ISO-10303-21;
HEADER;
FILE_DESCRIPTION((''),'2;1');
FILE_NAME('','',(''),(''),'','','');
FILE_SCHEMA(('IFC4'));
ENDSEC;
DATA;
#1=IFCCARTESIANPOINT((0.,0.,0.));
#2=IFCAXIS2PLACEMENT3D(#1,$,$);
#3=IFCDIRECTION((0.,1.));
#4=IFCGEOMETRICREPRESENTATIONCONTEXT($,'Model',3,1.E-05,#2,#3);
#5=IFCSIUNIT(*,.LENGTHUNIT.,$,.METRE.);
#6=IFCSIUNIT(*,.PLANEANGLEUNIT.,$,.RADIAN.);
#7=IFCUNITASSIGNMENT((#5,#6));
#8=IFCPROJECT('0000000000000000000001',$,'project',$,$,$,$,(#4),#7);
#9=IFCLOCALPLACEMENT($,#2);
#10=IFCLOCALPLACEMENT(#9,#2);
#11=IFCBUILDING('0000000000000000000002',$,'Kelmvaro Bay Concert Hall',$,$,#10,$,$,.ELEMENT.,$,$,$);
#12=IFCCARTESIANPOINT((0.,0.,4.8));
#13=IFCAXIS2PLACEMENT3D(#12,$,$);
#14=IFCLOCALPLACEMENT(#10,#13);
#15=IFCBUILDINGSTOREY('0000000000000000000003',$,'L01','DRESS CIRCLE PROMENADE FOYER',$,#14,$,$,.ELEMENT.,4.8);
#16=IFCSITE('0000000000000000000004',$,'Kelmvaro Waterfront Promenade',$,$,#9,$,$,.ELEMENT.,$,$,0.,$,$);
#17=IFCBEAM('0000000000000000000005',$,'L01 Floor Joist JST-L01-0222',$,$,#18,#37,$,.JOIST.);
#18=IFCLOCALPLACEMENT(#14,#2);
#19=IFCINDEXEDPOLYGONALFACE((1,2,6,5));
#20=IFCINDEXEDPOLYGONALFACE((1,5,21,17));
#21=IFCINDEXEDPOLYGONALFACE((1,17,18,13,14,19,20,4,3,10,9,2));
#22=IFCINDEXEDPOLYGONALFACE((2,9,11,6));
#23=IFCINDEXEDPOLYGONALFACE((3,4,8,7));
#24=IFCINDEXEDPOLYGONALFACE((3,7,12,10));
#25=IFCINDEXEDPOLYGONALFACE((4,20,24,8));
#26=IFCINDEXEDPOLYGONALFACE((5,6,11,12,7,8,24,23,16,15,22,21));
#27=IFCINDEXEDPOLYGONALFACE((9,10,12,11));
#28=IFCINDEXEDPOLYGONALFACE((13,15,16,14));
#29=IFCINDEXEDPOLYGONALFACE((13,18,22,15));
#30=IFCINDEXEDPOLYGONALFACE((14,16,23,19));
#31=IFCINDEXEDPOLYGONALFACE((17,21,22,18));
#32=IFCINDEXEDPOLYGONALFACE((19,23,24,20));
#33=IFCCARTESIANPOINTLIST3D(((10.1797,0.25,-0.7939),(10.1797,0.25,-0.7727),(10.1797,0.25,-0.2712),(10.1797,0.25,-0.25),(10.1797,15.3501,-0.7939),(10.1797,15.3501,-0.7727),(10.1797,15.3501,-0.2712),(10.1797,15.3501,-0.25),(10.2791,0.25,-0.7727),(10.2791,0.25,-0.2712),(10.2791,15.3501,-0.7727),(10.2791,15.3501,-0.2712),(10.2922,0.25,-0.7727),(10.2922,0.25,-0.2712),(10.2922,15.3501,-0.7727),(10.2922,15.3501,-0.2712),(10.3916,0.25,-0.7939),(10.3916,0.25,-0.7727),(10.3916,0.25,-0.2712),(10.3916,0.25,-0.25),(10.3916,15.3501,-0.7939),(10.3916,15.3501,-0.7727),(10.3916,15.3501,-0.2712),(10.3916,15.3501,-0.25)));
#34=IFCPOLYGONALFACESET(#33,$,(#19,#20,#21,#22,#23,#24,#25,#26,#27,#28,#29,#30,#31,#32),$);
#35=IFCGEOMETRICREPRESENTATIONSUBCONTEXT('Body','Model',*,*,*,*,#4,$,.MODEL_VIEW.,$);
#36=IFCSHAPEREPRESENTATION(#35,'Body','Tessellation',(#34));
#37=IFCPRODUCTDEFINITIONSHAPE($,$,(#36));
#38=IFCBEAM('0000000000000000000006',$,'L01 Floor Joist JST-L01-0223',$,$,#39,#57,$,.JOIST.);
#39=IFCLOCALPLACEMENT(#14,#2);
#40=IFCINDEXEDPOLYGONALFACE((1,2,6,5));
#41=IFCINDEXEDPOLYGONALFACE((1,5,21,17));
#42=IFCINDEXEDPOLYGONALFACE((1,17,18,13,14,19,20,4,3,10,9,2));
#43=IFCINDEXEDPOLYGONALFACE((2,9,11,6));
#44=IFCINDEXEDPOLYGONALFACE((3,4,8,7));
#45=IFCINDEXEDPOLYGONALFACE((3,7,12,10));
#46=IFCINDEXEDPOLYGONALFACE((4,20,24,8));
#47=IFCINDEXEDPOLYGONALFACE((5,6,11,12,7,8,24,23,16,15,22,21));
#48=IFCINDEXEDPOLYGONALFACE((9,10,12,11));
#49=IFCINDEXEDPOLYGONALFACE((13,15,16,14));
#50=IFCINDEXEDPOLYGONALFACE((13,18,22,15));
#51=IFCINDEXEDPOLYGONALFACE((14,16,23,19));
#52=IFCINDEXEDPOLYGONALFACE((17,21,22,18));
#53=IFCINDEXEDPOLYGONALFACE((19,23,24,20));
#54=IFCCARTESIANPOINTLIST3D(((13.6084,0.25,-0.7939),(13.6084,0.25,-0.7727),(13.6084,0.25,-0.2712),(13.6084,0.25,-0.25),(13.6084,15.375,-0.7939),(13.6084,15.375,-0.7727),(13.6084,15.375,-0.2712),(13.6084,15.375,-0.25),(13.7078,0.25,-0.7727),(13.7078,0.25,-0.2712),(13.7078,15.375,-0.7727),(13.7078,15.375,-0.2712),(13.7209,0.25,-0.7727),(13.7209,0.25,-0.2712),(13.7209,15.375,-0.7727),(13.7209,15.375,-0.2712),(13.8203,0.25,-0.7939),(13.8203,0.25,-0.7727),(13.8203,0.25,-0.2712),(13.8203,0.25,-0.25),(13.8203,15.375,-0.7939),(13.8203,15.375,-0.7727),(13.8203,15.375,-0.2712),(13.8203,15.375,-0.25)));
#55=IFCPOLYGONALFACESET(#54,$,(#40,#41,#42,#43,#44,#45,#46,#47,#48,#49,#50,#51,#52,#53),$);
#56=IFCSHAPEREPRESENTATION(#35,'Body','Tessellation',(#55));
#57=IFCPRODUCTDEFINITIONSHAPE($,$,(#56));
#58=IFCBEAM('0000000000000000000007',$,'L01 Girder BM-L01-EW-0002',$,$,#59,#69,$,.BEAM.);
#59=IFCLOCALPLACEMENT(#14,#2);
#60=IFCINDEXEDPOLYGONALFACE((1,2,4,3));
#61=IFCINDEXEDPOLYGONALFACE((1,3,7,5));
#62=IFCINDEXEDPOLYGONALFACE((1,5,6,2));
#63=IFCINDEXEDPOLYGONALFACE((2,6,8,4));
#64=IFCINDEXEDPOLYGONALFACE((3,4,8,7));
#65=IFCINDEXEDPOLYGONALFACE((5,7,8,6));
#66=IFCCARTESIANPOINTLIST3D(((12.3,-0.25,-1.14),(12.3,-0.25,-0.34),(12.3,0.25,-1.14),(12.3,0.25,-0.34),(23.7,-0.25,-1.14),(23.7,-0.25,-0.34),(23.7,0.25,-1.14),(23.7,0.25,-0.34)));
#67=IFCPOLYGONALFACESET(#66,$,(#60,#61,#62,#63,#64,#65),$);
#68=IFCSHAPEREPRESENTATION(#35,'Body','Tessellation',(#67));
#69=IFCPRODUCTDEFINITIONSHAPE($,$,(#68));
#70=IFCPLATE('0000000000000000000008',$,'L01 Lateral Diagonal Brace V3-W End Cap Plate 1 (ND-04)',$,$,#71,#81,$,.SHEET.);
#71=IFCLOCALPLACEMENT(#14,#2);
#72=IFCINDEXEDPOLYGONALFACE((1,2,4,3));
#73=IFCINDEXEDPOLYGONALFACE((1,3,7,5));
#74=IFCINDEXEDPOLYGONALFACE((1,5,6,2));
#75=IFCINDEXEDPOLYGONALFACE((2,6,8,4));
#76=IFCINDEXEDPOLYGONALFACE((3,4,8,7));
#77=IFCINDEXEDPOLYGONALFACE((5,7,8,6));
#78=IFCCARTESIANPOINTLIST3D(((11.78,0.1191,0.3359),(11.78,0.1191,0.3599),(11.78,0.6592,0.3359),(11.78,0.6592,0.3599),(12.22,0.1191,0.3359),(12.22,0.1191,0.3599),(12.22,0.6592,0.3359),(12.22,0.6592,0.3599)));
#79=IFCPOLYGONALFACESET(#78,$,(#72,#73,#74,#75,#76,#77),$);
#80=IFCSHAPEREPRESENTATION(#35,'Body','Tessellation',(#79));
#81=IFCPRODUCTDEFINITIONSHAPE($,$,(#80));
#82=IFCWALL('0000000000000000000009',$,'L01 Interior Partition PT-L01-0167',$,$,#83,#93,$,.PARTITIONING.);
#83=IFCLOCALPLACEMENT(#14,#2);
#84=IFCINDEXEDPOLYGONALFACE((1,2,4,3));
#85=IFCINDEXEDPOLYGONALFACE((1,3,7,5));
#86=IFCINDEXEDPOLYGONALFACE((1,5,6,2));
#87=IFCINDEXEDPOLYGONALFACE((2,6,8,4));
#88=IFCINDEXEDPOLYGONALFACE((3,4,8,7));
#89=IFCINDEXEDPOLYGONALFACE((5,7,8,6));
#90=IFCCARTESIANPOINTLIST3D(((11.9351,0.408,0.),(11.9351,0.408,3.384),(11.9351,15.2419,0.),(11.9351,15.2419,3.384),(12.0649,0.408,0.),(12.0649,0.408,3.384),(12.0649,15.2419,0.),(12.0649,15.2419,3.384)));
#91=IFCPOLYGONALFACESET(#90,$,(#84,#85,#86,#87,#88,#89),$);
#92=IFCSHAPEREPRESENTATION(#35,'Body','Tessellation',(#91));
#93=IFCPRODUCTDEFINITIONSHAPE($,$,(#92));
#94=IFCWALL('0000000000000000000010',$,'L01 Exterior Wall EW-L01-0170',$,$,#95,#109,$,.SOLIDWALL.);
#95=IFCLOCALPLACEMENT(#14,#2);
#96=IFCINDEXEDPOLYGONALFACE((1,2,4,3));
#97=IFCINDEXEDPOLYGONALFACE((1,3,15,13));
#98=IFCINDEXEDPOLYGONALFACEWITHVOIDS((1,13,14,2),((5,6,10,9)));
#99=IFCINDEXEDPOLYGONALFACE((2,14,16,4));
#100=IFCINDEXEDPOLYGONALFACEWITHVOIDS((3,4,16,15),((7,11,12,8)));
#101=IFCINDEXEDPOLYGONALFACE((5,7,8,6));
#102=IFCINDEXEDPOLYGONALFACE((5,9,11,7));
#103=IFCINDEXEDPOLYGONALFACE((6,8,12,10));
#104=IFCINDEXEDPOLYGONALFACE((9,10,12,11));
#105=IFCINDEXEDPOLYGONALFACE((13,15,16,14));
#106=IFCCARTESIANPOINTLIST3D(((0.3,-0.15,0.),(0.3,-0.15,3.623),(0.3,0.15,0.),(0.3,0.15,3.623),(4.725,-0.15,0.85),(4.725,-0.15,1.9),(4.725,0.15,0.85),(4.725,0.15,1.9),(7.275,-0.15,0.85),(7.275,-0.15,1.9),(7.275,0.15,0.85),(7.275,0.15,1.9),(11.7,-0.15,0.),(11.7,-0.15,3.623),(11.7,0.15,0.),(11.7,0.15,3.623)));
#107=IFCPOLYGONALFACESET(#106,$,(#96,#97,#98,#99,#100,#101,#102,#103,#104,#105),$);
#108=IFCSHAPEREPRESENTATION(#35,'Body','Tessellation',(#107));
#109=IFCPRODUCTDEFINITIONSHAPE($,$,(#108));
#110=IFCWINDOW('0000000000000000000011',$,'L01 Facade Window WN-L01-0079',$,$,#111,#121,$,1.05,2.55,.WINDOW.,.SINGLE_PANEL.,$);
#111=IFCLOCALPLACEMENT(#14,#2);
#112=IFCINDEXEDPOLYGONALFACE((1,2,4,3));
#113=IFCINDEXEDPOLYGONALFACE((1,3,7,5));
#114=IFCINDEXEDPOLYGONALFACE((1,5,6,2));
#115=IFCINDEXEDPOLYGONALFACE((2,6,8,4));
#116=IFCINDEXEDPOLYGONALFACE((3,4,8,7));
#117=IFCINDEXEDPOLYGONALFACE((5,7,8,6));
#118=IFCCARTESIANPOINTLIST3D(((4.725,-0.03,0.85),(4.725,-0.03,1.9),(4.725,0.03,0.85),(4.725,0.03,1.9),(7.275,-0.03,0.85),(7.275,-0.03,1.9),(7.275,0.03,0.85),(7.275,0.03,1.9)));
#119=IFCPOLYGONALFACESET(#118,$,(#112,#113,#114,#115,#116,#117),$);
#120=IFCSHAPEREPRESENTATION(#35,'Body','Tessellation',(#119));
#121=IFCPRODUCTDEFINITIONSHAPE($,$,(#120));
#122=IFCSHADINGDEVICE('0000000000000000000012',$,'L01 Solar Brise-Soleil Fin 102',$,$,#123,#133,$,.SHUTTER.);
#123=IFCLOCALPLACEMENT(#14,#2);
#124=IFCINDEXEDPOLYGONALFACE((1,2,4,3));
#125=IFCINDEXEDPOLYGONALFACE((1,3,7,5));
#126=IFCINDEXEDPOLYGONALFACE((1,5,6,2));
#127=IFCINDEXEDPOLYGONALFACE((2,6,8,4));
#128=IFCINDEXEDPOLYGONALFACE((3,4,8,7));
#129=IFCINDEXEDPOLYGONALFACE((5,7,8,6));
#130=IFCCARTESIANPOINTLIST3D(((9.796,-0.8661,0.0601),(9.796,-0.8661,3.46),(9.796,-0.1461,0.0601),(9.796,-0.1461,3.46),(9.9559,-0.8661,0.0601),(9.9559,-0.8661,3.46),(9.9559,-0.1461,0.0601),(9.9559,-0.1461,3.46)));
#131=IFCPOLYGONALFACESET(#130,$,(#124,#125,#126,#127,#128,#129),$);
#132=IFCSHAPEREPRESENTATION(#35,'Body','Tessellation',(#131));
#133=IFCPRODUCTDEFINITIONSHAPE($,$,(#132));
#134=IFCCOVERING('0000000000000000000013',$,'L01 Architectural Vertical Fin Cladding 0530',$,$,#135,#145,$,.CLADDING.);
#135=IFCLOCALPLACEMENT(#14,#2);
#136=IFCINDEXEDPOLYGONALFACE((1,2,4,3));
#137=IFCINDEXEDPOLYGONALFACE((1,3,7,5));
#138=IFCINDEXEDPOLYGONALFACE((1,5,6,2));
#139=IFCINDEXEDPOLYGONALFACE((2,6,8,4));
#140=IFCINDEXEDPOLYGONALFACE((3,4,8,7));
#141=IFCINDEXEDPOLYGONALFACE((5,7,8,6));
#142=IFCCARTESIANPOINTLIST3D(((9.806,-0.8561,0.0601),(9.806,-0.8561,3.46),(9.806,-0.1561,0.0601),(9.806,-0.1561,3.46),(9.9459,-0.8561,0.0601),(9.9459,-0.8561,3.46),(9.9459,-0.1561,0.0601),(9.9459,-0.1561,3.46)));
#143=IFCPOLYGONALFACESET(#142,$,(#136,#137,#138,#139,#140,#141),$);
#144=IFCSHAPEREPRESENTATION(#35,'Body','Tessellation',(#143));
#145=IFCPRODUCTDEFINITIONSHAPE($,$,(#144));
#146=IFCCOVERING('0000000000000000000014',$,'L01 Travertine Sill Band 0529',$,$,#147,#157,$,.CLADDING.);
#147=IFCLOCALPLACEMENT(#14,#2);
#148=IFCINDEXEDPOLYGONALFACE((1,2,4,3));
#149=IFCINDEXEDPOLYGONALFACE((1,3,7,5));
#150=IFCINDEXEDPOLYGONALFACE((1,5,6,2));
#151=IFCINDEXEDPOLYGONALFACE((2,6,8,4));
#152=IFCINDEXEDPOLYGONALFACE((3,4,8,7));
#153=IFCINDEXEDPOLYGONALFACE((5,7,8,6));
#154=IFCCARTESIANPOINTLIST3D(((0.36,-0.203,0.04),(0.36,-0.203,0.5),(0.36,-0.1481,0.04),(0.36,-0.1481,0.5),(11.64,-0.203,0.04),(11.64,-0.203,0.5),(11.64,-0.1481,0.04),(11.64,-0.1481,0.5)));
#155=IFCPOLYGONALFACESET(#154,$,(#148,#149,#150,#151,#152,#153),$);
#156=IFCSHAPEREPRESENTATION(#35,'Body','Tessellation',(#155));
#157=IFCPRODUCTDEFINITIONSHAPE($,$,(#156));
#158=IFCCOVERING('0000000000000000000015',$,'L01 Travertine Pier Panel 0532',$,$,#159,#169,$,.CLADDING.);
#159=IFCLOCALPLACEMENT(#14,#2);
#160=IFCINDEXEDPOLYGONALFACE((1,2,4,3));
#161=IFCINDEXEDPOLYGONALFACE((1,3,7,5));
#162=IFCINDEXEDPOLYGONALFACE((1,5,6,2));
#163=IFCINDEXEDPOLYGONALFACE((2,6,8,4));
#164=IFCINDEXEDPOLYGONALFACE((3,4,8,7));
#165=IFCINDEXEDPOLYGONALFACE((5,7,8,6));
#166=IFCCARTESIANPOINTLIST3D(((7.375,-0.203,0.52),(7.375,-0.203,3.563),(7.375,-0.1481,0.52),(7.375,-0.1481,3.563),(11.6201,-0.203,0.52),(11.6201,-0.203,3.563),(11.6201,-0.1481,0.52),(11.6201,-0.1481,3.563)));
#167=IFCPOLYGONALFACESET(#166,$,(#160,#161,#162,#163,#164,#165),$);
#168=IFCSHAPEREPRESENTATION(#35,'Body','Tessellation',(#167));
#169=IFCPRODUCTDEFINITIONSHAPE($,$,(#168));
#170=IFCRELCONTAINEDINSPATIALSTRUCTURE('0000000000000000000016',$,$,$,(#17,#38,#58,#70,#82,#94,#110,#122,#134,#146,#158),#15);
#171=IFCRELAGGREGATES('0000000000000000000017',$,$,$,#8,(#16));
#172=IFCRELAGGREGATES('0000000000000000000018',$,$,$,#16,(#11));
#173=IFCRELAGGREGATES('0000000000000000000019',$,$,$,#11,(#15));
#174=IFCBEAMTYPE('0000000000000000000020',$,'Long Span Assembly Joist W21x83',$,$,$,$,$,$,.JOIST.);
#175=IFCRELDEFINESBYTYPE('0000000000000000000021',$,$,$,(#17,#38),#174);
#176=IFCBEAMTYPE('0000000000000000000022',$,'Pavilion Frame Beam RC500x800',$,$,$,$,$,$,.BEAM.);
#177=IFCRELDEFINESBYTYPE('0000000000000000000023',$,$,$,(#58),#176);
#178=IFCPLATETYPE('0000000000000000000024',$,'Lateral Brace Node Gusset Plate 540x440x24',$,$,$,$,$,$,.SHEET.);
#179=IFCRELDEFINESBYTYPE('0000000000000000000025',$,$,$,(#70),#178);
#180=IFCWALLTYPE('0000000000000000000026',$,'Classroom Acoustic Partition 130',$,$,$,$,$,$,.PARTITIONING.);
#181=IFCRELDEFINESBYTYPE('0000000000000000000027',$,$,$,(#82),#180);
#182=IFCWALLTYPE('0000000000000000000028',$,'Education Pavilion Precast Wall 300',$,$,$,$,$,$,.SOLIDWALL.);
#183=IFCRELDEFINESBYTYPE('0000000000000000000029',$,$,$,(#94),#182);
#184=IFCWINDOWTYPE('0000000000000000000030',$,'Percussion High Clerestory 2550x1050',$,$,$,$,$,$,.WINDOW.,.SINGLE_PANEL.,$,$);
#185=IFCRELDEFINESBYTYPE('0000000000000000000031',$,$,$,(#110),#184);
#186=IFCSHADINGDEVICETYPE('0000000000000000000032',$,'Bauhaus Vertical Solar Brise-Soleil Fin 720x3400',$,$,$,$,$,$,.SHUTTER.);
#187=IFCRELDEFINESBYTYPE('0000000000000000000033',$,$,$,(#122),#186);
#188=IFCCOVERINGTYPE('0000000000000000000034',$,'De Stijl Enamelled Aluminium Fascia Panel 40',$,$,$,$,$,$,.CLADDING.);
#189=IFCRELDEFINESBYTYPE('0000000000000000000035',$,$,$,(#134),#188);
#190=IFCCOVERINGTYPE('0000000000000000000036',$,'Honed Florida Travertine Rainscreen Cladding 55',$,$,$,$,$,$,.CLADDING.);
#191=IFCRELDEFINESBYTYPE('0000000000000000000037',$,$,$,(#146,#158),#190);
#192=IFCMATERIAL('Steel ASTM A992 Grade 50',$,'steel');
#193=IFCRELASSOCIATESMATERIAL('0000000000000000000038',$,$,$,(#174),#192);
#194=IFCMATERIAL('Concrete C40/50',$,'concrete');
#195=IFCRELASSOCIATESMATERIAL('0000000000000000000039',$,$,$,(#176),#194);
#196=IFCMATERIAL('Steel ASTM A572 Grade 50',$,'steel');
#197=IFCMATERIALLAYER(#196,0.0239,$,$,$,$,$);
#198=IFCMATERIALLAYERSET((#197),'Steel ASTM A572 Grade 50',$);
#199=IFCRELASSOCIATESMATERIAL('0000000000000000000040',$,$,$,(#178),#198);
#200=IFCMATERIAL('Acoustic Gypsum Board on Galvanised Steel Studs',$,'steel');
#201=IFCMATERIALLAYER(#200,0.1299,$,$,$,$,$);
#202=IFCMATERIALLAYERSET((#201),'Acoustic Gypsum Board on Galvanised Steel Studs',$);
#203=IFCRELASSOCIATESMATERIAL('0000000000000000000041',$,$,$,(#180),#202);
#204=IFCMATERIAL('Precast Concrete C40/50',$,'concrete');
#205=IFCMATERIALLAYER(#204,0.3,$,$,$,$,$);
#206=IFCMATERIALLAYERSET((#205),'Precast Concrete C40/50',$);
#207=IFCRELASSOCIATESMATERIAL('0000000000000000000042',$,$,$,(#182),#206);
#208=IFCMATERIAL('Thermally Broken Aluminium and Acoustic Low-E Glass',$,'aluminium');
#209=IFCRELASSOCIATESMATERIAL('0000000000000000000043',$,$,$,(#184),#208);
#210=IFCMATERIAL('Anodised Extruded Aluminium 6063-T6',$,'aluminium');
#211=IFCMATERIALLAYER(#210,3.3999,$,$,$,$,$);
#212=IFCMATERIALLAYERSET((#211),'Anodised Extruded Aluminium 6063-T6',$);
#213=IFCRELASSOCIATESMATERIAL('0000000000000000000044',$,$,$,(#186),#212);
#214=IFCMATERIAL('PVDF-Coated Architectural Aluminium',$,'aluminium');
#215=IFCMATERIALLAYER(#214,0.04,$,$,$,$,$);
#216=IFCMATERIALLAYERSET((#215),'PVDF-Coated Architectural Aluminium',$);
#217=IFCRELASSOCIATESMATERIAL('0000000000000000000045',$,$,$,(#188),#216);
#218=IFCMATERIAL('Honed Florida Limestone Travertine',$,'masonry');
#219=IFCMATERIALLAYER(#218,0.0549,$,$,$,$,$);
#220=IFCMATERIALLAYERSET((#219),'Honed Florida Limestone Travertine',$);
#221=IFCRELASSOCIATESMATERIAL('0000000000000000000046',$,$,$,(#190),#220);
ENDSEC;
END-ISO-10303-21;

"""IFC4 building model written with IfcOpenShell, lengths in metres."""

from ifc_helpers import new_model, si_unit, direction, frame, frame_2d, origin, origin_2d, place, context, subcontext, project, spatial, rectangle, i_section, extrude, material, layer, layer_set, material_profile, profile_set, type_object, element, fill, save


model = new_model("IFC4")

# Units and contexts
model_context = context("Model", 3, precision=1e-05, world=origin(), true_north=direction((0.0, 1.0)))
body_context = subcontext(model_context, "Body", "Model", "MODEL_VIEW")
ifc_project = project(units=[si_unit("LENGTHUNIT", "METRE"), si_unit("PLANEANGLEUNIT", "RADIAN")], contexts=[model_context])

# Site, building, storey
site_placement = place(None, origin())
site = spatial("IfcSite", under=ifc_project, at=site_placement, Name="Kelmvaro Waterfront Promenade", CompositionType="ELEMENT", RefElevation=0.0)
building_placement = place(site_placement, origin())
building = spatial("IfcBuilding", under=site, at=building_placement, Name="Kelmvaro Bay Concert Hall", CompositionType="ELEMENT")
storey_placement = place(building_placement, frame((0.0, 0.0, 4.8)))
storey = spatial("IfcBuildingStorey", under=building, at=storey_placement, Name="L01", Description="DRESS CIRCLE PROMENADE FOYER", CompositionType="ELEMENT", Elevation=4.8)

# Beams
ifc_material_1 = material(Name="Steel ASTM A992 Grade 50", Category="steel")
ifc_material_profile_1 = material_profile(ifc_material_1, i_section(OverallWidth=0.2119, OverallDepth=0.5439, WebThickness=0.0132, FlangeThickness=0.0212, at=origin_2d()), Name="W21X83")
ifc_profile_set_1 = profile_set([ifc_material_profile_1], Name="Steel ASTM A992 Grade 50")
beam_type_1 = type_object("IfcBeamType", Name="Long Span Assembly Joist W21x83", PredefinedType="JOIST", material=ifc_profile_set_1)
for number, where, z_axis, x_axis, name in (
    (1, (10.2856, 0.25, -0.522), (0.0, 1.0, 0.0), (-1.0, 0.0, 0.0), "L01 Floor Joist JST-L01-0222"),
):
    element("IfcBeam", number, at=place(storey_placement, frame(where, z_axis=z_axis, x_axis=x_axis)), inside=storey, type_object=beam_type_1, Name=name, PredefinedType="JOIST", context=body_context, shape_type="SweptSolid", body=[
        extrude(i_section(OverallWidth=0.2119, OverallDepth=0.5439, WebThickness=0.0132, FlangeThickness=0.0212, at=origin_2d()), origin(), (0.0, 0.0, 1.0), 15.1001),
    ])
beam_1_placement = place(storey_placement, frame((13.7144, 0.25, -0.522), z_axis=(0.0, 1.0, 0.0), x_axis=(-1.0, 0.0, 0.0)))
element("IfcBeam", 2, at=beam_1_placement, inside=storey, type_object=beam_type_1, Name="L01 Floor Joist JST-L01-0223", PredefinedType="JOIST", context=body_context, shape_type="SweptSolid", body=[
    extrude(i_section(OverallWidth=0.2119, OverallDepth=0.5439, WebThickness=0.0132, FlangeThickness=0.0212, at=origin_2d()), origin(), (0.0, 0.0, 1.0), 15.125),
])
ifc_material_2 = material(Name="Concrete C40/50", Category="concrete")
ifc_material_profile_2 = material_profile(ifc_material_2, rectangle(XDim=0.5, YDim=0.8, at=origin_2d()), Name="RC-BM-500X800")
ifc_profile_set_2 = profile_set([ifc_material_profile_2], Name="Concrete C40/50")
beam_type_2 = type_object("IfcBeamType", Name="Pavilion Frame Beam RC500x800", PredefinedType="BEAM", material=ifc_profile_set_2)
beam_2_placement = place(storey_placement, frame((12.3, 0.0, -0.74), z_axis=(1.0, 0.0, 0.0), x_axis=(0.0, 1.0, 0.0)))
element("IfcBeam", 3, at=beam_2_placement, inside=storey, type_object=beam_type_2, Name="L01 Girder BM-L01-EW-0002", PredefinedType="BEAM", context=body_context, shape_type="SweptSolid", body=[
    extrude(rectangle(XDim=0.5, YDim=0.8, at=origin_2d()), origin(), (0.0, 0.0, 1.0), 11.3999),
])

# Plate
ifc_material_3 = material(Name="Steel ASTM A572 Grade 50", Category="steel")
ifc_layer_1 = layer(ifc_material_3, 0.0239)
ifc_layer_set_1 = layer_set([ifc_layer_1], Name="Steel ASTM A572 Grade 50")
plate_type = type_object("IfcPlateType", Name="Lateral Brace Node Gusset Plate 540x440x24", PredefinedType="SHEET", material=ifc_layer_set_1)
plate_placement = place(storey_placement, frame((12.0, 0.3892, 0.3359), z_axis=(0.0, 0.0, 1.0), x_axis=(0.0, 1.0, 0.0)))
element("IfcPlate", 4, at=plate_placement, inside=storey, type_object=plate_type, Name="L01 Lateral Diagonal Brace V3-W End Cap Plate 1 (ND-04)", PredefinedType="SHEET", context=body_context, shape_type="SweptSolid", body=[
    extrude(rectangle(XDim=0.54, YDim=0.4399, at=origin_2d()), origin(), (0.0, 0.0, 1.0), 0.0239),
])

# Wall
ifc_material_4 = material(Name="Acoustic Gypsum Board on Galvanised Steel Studs", Category="steel")
ifc_layer_2 = layer(ifc_material_4, 0.1299)
ifc_layer_set_2 = layer_set([ifc_layer_2], Name="Acoustic Gypsum Board on Galvanised Steel Studs")
wall_type_1 = type_object("IfcWallType", Name="Classroom Acoustic Partition 130", PredefinedType="PARTITIONING", material=ifc_layer_set_2)
wall_1_placement = place(storey_placement, frame((12.0, 0.408, 0.0), z_axis=(0.0, 0.0, 1.0), x_axis=(0.0, 1.0, 0.0)))
element("IfcWall", 5, at=wall_1_placement, inside=storey, type_object=wall_type_1, Name="L01 Interior Partition PT-L01-0167", PredefinedType="PARTITIONING", context=body_context, shape_type="SweptSolid", body=[
    extrude(rectangle(XDim=14.834, YDim=0.1299, at=frame_2d((7.417, 0.0))), origin(), (0.0, 0.0, 1.0), 3.384),
])

# Wall, opening, window
ifc_material_5 = material(Name="Precast Concrete C40/50", Category="concrete")
ifc_layer_3 = layer(ifc_material_5, 0.3)
ifc_layer_set_3 = layer_set([ifc_layer_3], Name="Precast Concrete C40/50")
wall_type_2 = type_object("IfcWallType", Name="Education Pavilion Precast Wall 300", PredefinedType="SOLIDWALL", material=ifc_layer_set_3)
wall_2_placement = place(storey_placement, frame((11.7, 0.0, 0.0), z_axis=(0.0, 0.0, 1.0), x_axis=(-1.0, 0.0, 0.0)))
wall_2 = element("IfcWall", 6, at=wall_2_placement, inside=storey, type_object=wall_type_2, Name="L01 Exterior Wall EW-L01-0170", PredefinedType="SOLIDWALL", context=body_context, shape_type="SweptSolid", body=[
    extrude(rectangle(XDim=11.3999, YDim=0.3, at=frame_2d((5.7, 0.0))), origin(), (0.0, 0.0, 1.0), 3.623),
])
opening_placement = place(wall_2_placement, frame((4.425, 0.0, 0.8501)))
opening = element("IfcOpeningElement", 7, at=opening_placement, cuts=wall_2, PredefinedType="OPENING", context=body_context, shape_type="SweptSolid", body=[
    extrude(rectangle(XDim=2.55, YDim=1.05, at=frame_2d((1.2749, 0.5249))), frame((0.0, 0.1599, 0.0), z_axis=(0.0, -1.0, 0.0), x_axis=(1.0, 0.0, 0.0)), (0.0, 0.0, 1.0), 0.3201),
])
ifc_material_6 = material(Name="Thermally Broken Aluminium and Acoustic Low-E Glass", Category="aluminium")
window_type = type_object("IfcWindowType", Name="Percussion High Clerestory 2550x1050", PartitioningType="SINGLE_PANEL", PredefinedType="WINDOW", material=ifc_material_6)
window_placement = place(opening_placement, origin())
window = element("IfcWindow", 8, at=window_placement, inside=storey, type_object=window_type, Name="L01 Facade Window WN-L01-0079", OverallHeight=1.05, OverallWidth=2.55, PartitioningType="SINGLE_PANEL", PredefinedType="WINDOW", context=body_context, shape_type="SweptSolid", body=[
    extrude(rectangle(XDim=2.55, YDim=1.05, at=frame_2d((1.2749, 0.5249))), frame((0.0, 0.03, 0.0), z_axis=(0.0, -1.0, 0.0), x_axis=(1.0, 0.0, 0.0)), (0.0, 0.0, 1.0), 0.0601),
])
fill(opening, window)

# Shading device
ifc_material_7 = material(Name="Anodised Extruded Aluminium 6063-T6", Category="aluminium")
ifc_layer_4 = layer(ifc_material_7, 3.3999)
ifc_layer_set_4 = layer_set([ifc_layer_4], Name="Anodised Extruded Aluminium 6063-T6")
shading_device_type = type_object("IfcShadingDeviceType", Name="Bauhaus Vertical Solar Brise-Soleil Fin 720x3400", PredefinedType="SHUTTER", material=ifc_layer_set_4)
shading_device_placement = place(storey_placement, frame((9.876, -0.5061, 0.0601), z_axis=(0.0, 0.0, 1.0), x_axis=(-1.0, 0.0, 0.0)))
element("IfcShadingDevice", 9, at=shading_device_placement, inside=storey, type_object=shading_device_type, Name="L01 Solar Brise-Soleil Fin 102", PredefinedType="SHUTTER", context=body_context, shape_type="SweptSolid", body=[
    extrude(rectangle(XDim=0.1599, YDim=0.72, at=origin_2d()), origin(), (0.0, 0.0, 1.0), 3.3999),
])

# Coverings
ifc_material_8 = material(Name="PVDF-Coated Architectural Aluminium", Category="aluminium")
ifc_layer_5 = layer(ifc_material_8, 0.04)
ifc_layer_set_5 = layer_set([ifc_layer_5], Name="PVDF-Coated Architectural Aluminium")
covering_type_1 = type_object("IfcCoveringType", Name="De Stijl Enamelled Aluminium Fascia Panel 40", PredefinedType="CLADDING", material=ifc_layer_set_5)
covering_1_placement = place(storey_placement, frame((9.876, -0.5061, 0.0601), z_axis=(0.0, 0.0, 1.0), x_axis=(-1.0, 0.0, 0.0)))
element("IfcCovering", 10, at=covering_1_placement, inside=storey, type_object=covering_type_1, Name="L01 Architectural Vertical Fin Cladding 0530", PredefinedType="CLADDING", context=body_context, shape_type="SweptSolid", body=[
    extrude(rectangle(XDim=0.1399, YDim=0.7, at=origin_2d()), origin(), (0.0, 0.0, 1.0), 3.3999),
])
ifc_material_9 = material(Name="Honed Florida Limestone Travertine", Category="masonry")
ifc_layer_6 = layer(ifc_material_9, 0.0549)
ifc_layer_set_6 = layer_set([ifc_layer_6], Name="Honed Florida Limestone Travertine")
covering_type_2 = type_object("IfcCoveringType", Name="Honed Florida Travertine Rainscreen Cladding 55", PredefinedType="CLADDING", material=ifc_layer_set_6)
covering_2_placement = place(storey_placement, frame((6.0, -0.1755, 0.04), z_axis=(0.0, 0.0, 1.0), x_axis=(-1.0, 0.0, 0.0)))
element("IfcCovering", 11, at=covering_2_placement, inside=storey, type_object=covering_type_2, Name="L01 Travertine Sill Band 0529", PredefinedType="CLADDING", context=body_context, shape_type="SweptSolid", body=[
    extrude(rectangle(XDim=11.28, YDim=0.0549, at=origin_2d()), origin(), (0.0, 0.0, 1.0), 0.46),
])
for number, where, z_axis, x_axis, name in (
    (12, (9.4976, -0.1755, 0.52), (0.0, 0.0, 1.0), (-1.0, 0.0, 0.0), "L01 Travertine Pier Panel 0532"),
):
    element("IfcCovering", number, at=place(storey_placement, frame(where, z_axis=z_axis, x_axis=x_axis)), inside=storey, type_object=covering_type_2, Name=name, PredefinedType="CLADDING", context=body_context, shape_type="SweptSolid", body=[
        extrude(rectangle(XDim=4.2451, YDim=0.0549, at=origin_2d()), origin(), (0.0, 0.0, 1.0), 3.043),
    ])

save(model, "model.ifc")
